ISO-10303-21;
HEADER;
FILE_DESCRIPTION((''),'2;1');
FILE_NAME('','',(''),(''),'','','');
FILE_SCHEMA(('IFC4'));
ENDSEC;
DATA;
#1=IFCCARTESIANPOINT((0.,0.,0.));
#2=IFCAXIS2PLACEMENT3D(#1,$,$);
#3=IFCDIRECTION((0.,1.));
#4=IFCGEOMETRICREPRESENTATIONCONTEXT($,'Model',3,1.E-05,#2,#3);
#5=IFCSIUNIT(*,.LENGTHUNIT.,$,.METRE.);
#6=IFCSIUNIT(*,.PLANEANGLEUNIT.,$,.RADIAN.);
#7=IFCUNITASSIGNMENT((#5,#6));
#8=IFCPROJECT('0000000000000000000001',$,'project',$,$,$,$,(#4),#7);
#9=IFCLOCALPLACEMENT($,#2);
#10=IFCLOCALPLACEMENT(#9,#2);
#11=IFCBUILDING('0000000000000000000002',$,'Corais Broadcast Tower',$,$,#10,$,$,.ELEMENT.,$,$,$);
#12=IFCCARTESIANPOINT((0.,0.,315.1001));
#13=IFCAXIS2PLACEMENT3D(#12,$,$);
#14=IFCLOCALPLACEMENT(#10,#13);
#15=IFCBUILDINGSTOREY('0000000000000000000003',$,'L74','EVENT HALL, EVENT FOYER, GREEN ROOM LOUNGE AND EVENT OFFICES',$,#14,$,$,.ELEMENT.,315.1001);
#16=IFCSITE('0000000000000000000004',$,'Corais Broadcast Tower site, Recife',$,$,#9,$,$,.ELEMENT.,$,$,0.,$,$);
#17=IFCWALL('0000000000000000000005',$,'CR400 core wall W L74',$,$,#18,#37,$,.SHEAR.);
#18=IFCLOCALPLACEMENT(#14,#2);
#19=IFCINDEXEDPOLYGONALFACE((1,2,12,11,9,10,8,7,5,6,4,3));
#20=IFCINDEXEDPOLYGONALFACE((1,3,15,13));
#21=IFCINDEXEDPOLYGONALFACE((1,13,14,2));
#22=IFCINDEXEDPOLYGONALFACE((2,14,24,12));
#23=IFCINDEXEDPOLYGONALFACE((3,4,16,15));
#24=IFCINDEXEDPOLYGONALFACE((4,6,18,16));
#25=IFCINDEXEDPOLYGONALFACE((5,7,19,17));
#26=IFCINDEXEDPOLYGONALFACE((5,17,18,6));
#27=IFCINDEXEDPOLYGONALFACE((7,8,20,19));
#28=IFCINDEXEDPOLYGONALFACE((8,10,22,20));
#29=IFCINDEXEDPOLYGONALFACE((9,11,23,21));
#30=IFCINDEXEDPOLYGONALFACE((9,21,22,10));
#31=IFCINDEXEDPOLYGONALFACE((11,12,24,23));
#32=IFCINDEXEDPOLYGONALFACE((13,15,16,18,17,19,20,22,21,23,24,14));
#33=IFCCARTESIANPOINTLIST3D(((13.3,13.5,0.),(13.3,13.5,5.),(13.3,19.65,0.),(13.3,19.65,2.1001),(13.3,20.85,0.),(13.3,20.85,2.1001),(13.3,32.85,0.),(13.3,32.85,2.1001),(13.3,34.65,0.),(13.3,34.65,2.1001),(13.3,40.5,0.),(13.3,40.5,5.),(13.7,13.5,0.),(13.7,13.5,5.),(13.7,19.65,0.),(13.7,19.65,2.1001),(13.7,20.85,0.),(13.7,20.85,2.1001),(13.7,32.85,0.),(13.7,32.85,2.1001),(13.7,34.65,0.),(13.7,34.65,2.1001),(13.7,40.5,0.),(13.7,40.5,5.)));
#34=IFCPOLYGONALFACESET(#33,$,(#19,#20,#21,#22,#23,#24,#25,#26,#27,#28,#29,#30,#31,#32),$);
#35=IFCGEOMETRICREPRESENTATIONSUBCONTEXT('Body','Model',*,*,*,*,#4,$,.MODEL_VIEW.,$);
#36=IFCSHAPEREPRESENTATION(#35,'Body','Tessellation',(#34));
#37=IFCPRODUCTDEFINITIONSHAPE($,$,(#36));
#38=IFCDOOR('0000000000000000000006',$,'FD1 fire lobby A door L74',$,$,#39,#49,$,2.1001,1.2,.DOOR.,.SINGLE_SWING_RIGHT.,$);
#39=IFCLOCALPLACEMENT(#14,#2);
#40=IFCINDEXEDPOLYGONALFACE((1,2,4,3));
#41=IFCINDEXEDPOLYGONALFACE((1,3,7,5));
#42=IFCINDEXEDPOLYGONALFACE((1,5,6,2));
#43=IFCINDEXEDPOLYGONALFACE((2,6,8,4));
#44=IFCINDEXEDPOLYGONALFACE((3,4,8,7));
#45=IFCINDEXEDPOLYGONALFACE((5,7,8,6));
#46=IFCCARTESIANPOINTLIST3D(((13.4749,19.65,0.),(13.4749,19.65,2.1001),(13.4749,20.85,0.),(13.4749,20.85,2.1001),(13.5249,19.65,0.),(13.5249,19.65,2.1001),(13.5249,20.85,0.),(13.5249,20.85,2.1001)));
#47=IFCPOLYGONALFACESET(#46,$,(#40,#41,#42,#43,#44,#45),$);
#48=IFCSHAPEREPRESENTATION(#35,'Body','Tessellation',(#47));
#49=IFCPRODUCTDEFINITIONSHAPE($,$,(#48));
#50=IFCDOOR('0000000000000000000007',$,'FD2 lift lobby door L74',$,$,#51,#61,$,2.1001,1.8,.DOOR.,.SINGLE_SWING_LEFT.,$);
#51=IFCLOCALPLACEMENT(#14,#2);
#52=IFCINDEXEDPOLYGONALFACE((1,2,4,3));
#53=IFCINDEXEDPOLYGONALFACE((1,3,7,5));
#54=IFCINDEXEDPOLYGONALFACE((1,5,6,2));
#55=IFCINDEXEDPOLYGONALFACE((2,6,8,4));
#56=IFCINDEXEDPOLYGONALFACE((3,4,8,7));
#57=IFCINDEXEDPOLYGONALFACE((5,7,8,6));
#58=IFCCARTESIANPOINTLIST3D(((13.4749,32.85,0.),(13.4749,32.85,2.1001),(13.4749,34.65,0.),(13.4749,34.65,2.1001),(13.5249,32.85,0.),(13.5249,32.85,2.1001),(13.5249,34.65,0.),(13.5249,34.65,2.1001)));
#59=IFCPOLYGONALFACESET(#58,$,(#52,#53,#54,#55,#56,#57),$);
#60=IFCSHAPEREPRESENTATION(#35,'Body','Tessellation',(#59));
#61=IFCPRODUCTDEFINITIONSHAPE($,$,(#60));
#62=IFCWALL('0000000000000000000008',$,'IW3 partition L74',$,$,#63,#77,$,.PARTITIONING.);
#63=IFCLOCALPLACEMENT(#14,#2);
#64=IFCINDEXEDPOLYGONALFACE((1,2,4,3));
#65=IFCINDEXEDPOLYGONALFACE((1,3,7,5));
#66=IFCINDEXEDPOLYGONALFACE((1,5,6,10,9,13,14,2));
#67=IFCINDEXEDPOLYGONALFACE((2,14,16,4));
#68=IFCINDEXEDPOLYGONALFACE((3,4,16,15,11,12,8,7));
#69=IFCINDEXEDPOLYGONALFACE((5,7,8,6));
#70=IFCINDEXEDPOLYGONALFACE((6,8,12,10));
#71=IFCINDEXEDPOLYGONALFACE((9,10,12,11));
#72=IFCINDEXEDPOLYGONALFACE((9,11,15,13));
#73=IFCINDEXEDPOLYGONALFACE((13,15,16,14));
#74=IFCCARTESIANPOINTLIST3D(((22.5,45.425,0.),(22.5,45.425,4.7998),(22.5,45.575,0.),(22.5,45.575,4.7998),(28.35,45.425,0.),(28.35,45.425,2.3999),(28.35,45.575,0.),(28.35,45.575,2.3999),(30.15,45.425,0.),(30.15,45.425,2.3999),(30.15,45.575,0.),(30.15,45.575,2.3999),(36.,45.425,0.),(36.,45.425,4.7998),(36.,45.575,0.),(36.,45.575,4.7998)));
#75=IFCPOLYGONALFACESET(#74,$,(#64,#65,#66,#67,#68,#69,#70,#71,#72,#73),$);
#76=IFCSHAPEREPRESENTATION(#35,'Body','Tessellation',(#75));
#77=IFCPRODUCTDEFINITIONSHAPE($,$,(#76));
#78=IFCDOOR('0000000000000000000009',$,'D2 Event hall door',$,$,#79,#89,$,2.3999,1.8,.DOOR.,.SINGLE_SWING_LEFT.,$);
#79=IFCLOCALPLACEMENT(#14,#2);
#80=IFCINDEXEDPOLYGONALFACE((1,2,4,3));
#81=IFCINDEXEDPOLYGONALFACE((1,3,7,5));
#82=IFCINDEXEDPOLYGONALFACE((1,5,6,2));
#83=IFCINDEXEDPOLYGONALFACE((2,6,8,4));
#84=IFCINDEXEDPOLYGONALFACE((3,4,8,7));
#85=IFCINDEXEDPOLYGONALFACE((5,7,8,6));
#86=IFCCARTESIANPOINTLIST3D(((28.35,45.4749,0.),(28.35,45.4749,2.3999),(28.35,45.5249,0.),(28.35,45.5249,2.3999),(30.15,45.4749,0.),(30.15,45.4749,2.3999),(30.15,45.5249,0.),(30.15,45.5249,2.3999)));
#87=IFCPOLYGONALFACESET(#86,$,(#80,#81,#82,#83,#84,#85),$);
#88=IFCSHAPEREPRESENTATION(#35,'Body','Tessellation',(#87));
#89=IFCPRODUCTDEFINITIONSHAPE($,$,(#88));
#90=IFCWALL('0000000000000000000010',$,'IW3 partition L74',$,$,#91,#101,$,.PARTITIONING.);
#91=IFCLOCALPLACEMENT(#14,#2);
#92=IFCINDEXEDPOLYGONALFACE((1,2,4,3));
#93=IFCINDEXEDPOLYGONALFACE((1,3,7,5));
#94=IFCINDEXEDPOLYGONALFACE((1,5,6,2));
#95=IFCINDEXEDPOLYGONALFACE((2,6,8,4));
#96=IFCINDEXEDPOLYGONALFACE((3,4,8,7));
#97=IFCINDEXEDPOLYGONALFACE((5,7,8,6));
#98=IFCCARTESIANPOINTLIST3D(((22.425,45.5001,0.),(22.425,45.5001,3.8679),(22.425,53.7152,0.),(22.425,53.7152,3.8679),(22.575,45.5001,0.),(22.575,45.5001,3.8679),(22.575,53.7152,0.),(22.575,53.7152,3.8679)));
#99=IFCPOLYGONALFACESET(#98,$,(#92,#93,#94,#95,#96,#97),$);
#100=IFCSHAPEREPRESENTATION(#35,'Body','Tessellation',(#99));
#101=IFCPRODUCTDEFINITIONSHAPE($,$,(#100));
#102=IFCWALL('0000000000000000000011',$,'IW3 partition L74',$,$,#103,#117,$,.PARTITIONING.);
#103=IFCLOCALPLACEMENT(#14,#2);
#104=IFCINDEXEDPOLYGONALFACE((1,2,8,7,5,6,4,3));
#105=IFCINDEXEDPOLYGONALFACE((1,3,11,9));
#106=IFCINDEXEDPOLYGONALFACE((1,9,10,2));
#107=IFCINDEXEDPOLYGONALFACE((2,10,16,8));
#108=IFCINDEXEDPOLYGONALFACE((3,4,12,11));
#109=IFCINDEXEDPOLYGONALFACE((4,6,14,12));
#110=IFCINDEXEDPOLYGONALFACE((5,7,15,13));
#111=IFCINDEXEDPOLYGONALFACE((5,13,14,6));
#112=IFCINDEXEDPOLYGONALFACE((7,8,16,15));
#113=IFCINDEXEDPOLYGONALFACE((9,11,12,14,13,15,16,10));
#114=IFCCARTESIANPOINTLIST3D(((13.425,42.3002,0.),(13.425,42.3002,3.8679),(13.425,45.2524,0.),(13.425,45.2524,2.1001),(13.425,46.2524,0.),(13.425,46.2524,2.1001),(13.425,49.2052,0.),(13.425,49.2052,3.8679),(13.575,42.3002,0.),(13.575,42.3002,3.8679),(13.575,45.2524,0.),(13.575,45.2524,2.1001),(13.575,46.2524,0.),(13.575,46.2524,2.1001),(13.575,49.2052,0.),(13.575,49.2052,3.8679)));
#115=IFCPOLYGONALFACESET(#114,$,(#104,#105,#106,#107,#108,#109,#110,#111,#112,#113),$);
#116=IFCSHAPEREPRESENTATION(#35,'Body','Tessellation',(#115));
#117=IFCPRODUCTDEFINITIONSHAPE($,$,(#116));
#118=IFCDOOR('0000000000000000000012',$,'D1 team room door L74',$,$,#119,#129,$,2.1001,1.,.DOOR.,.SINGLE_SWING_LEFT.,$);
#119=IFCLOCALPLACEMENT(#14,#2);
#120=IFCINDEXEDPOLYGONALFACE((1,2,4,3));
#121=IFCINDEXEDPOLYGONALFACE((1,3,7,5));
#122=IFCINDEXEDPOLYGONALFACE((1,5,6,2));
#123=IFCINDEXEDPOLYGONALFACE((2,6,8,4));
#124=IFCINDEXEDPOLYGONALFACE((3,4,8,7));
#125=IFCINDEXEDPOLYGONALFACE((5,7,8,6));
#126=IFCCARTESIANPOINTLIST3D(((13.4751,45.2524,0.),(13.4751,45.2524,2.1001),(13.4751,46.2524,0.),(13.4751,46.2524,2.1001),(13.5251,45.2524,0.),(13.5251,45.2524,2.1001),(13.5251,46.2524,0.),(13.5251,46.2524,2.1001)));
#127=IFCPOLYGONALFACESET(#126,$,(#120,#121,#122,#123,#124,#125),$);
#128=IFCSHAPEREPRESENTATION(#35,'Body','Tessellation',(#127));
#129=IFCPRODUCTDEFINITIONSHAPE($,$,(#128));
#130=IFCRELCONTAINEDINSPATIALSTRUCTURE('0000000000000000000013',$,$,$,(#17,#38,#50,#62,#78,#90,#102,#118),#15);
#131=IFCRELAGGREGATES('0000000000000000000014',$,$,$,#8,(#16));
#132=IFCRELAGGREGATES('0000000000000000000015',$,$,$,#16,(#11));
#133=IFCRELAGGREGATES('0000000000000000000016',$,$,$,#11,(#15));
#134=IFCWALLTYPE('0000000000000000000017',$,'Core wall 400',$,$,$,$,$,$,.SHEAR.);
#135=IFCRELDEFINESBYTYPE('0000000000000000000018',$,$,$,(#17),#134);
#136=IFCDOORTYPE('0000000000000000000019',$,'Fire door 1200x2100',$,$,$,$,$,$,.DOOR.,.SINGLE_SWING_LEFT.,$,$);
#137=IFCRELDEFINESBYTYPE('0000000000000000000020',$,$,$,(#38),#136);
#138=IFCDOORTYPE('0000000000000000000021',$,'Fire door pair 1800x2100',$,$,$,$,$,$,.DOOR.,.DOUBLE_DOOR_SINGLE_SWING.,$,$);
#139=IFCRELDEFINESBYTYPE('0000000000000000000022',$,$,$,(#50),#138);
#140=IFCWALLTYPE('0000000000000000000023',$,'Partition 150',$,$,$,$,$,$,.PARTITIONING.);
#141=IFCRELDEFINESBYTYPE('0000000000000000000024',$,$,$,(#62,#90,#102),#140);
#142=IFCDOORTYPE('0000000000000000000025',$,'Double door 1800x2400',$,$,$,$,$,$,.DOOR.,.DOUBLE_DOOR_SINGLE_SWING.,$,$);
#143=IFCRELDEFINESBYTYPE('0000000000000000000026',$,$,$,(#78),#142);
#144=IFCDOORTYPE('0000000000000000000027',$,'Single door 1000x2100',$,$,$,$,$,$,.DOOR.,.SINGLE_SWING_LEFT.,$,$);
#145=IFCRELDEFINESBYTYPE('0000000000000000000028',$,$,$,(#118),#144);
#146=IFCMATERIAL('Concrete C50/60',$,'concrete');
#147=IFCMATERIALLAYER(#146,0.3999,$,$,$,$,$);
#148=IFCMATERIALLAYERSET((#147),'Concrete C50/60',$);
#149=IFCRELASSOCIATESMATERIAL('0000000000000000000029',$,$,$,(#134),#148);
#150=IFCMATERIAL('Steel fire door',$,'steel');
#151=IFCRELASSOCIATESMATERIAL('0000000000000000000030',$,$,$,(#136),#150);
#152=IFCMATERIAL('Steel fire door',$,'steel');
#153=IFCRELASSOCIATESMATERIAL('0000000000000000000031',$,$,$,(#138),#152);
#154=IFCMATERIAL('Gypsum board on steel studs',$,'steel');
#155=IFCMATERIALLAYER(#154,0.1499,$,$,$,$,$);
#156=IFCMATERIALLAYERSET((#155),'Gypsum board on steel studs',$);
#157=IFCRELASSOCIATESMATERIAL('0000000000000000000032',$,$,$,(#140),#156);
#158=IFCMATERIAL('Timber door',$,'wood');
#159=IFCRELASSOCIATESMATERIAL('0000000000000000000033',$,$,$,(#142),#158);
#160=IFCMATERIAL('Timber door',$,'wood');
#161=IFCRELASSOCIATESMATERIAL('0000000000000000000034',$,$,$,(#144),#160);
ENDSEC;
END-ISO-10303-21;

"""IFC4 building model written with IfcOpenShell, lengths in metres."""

from ifc_helpers import new_model, si_unit, direction, frame, frame_2d, origin, place, context, subcontext, project, spatial, rectangle, extrude, material, layer, layer_set, type_object, element, fill, save


model = new_model("IFC4")

# Units and contexts
model_context = context("Model", 3, precision=1e-05, world=origin(), true_north=direction((0.0, 1.0)))
body_context = subcontext(model_context, "Body", "Model", "MODEL_VIEW")
ifc_project = project(units=[si_unit("LENGTHUNIT", "METRE"), si_unit("PLANEANGLEUNIT", "RADIAN")], contexts=[model_context])

# Site, building, storey
site_placement = place(None, origin())
site = spatial("IfcSite", under=ifc_project, at=site_placement, Name="Corais Broadcast Tower site, Recife", CompositionType="ELEMENT", RefElevation=0.0)
building_placement = place(site_placement, origin())
building = spatial("IfcBuilding", under=site, at=building_placement, Name="Corais Broadcast Tower", CompositionType="ELEMENT")
storey_placement = place(building_placement, frame((0.0, 0.0, 315.1001)))
storey = spatial("IfcBuildingStorey", under=building, at=storey_placement, Name="L74", Description="EVENT HALL, EVENT FOYER, GREEN ROOM LOUNGE AND EVENT OFFICES", CompositionType="ELEMENT", Elevation=315.1001)

# Wall, openings, doors
ifc_material_1 = material(Name="Concrete C50/60", Category="concrete")
ifc_layer_1 = layer(ifc_material_1, 0.3999)
ifc_layer_set_1 = layer_set([ifc_layer_1], Name="Concrete C50/60")
wall_type_1 = type_object("IfcWallType", Name="Core wall 400", PredefinedType="SHEAR", material=ifc_layer_set_1)
wall_1_placement = place(storey_placement, frame((13.5, 40.5, 0.0), z_axis=(0.0, 0.0, 1.0), x_axis=(0.0, -1.0, 0.0)))
wall_1 = element("IfcWall", 1, at=wall_1_placement, inside=storey, type_object=wall_type_1, Name="CR400 core wall W L74", PredefinedType="SHEAR", context=body_context, shape_type="SweptSolid", body=[
    extrude(rectangle(XDim=27.0, YDim=0.3999, at=frame_2d((13.5, 0.0))), origin(), (0.0, 0.0, 1.0), 5.0),
])
opening_1_placement = place(wall_1_placement, frame((19.6499, 0.0, 0.0)))
opening_1 = element("IfcOpeningElement", 2, at=opening_1_placement, cuts=wall_1, PredefinedType="OPENING", context=body_context, shape_type="SweptSolid", body=[
    extrude(rectangle(XDim=1.2, YDim=2.1001, at=frame_2d((0.6001, 1.05))), frame((0.0, 0.21, 0.0), z_axis=(0.0, -1.0, 0.0), x_axis=(1.0, 0.0, 0.0)), (0.0, 0.0, 1.0), 0.4199),
])
opening_2_placement = place(wall_1_placement, frame((5.8501, 0.0, 0.0)))
opening_2 = element("IfcOpeningElement", 3, at=opening_2_placement, cuts=wall_1, PredefinedType="OPENING", context=body_context, shape_type="SweptSolid", body=[
    extrude(rectangle(XDim=1.8, YDim=2.1001, at=frame_2d((0.8999, 1.05))), frame((0.0, 0.21, 0.0), z_axis=(0.0, -1.0, 0.0), x_axis=(1.0, 0.0, 0.0)), (0.0, 0.0, 1.0), 0.4199),
])
ifc_material_2 = material(Name="Steel fire door", Category="steel")
door_type_1 = type_object("IfcDoorType", Name="Fire door 1200x2100", OperationType="SINGLE_SWING_LEFT", PredefinedType="DOOR", material=ifc_material_2)
door_1_placement = place(opening_1_placement, origin())
door_1 = element("IfcDoor", 4, at=door_1_placement, inside=storey, type_object=door_type_1, Name="FD1 fire lobby A door L74", OperationType="SINGLE_SWING_RIGHT", OverallHeight=2.1001, OverallWidth=1.2, PredefinedType="DOOR", context=body_context, shape_type="SweptSolid", body=[
    extrude(rectangle(XDim=1.2, YDim=2.1001, at=frame_2d((0.6001, 1.05))), frame((0.0, 0.0249, 0.0), z_axis=(0.0, -1.0, 0.0), x_axis=(1.0, 0.0, 0.0)), (0.0, 0.0, 1.0), 0.05),
])
fill(opening_1, door_1)
ifc_material_3 = material(Name="Steel fire door", Category="steel")
door_type_2 = type_object("IfcDoorType", Name="Fire door pair 1800x2100", OperationType="DOUBLE_DOOR_SINGLE_SWING", PredefinedType="DOOR", material=ifc_material_3)
door_2_placement = place(opening_2_placement, origin())
door_2 = element("IfcDoor", 5, at=door_2_placement, inside=storey, type_object=door_type_2, Name="FD2 lift lobby door L74", OperationType="SINGLE_SWING_LEFT", OverallHeight=2.1001, OverallWidth=1.8, PredefinedType="DOOR", context=body_context, shape_type="SweptSolid", body=[
    extrude(rectangle(XDim=1.8, YDim=2.1001, at=frame_2d((0.8999, 1.05))), frame((0.0, 0.0249, 0.0), z_axis=(0.0, -1.0, 0.0), x_axis=(1.0, 0.0, 0.0)), (0.0, 0.0, 1.0), 0.05),
])
fill(opening_2, door_2)

# Wall, opening, door
ifc_material_4 = material(Name="Gypsum board on steel studs", Category="steel")
ifc_layer_2 = layer(ifc_material_4, 0.1499)
ifc_layer_set_2 = layer_set([ifc_layer_2], Name="Gypsum board on steel studs")
wall_type_2 = type_object("IfcWallType", Name="Partition 150", PredefinedType="PARTITIONING", material=ifc_layer_set_2)
wall_2_placement = place(storey_placement, frame((22.5, 45.5, 0.0), z_axis=(0.0, 0.0, 1.0), x_axis=(1.0, 0.0, 0.0)))
wall_2 = element("IfcWall", 6, at=wall_2_placement, inside=storey, type_object=wall_type_2, Name="IW3 partition L74", PredefinedType="PARTITIONING", context=body_context, shape_type="SweptSolid", body=[
    extrude(rectangle(XDim=13.5, YDim=0.1499, at=frame_2d((6.75, 0.0))), origin(), (0.0, 0.0, 1.0), 4.7998),
])
opening_3_placement = place(wall_2_placement, frame((5.8501, 0.0, 0.0)))
opening_3 = element("IfcOpeningElement", 7, at=opening_3_placement, cuts=wall_2, PredefinedType="OPENING", context=body_context, shape_type="SweptSolid", body=[
    extrude(rectangle(XDim=1.8, YDim=2.3999, at=frame_2d((0.8999, 1.2))), frame((0.0, 0.085, 0.0), z_axis=(0.0, -1.0, 0.0), x_axis=(1.0, 0.0, 0.0)), (0.0, 0.0, 1.0), 0.1699),
])
ifc_material_5 = material(Name="Timber door", Category="wood")
door_type_3 = type_object("IfcDoorType", Name="Double door 1800x2400", OperationType="DOUBLE_DOOR_SINGLE_SWING", PredefinedType="DOOR", material=ifc_material_5)
door_3_placement = place(opening_3_placement, origin())
door_3 = element("IfcDoor", 8, at=door_3_placement, inside=storey, type_object=door_type_3, Name="D2 Event hall door", OperationType="SINGLE_SWING_LEFT", OverallHeight=2.3999, OverallWidth=1.8, PredefinedType="DOOR", context=body_context, shape_type="SweptSolid", body=[
    extrude(rectangle(XDim=1.8, YDim=2.3999, at=frame_2d((0.8999, 1.2))), frame((0.0, 0.0249, 0.0), z_axis=(0.0, -1.0, 0.0), x_axis=(1.0, 0.0, 0.0)), (0.0, 0.0, 1.0), 0.05),
])
fill(opening_3, door_3)

# Wall
wall_3_placement = place(storey_placement, frame((22.5, 53.7151, 0.0), z_axis=(0.0, 0.0, 1.0), x_axis=(0.0, -1.0, 0.0)))
element("IfcWall", 9, at=wall_3_placement, inside=storey, type_object=wall_type_2, Name="IW3 partition L74", PredefinedType="PARTITIONING", context=body_context, shape_type="SweptSolid", body=[
    extrude(rectangle(XDim=8.2151, YDim=0.1499, at=frame_2d((4.1074, 0.0))), origin(), (0.0, 0.0, 1.0), 3.8679),
])

# Wall, opening, door
wall_4_placement = place(storey_placement, frame((13.5, 42.3, 0.0), z_axis=(0.0, 0.0, 1.0), x_axis=(0.0, 1.0, 0.0)))
wall_4 = element("IfcWall", 10, at=wall_4_placement, inside=storey, type_object=wall_type_2, Name="IW3 partition L74", PredefinedType="PARTITIONING", context=body_context, shape_type="SweptSolid", body=[
    extrude(rectangle(XDim=6.905, YDim=0.1499, at=frame_2d((3.4526, 0.0))), origin(), (0.0, 0.0, 1.0), 3.8679),
])
opening_4_placement = place(wall_4_placement, frame((2.9524, 0.0, 0.0)))
opening_4 = element("IfcOpeningElement", 11, at=opening_4_placement, cuts=wall_4, PredefinedType="OPENING", context=body_context, shape_type="SweptSolid", body=[
    extrude(rectangle(XDim=1.0, YDim=2.1001, at=frame_2d((0.5, 1.05))), frame((0.0, 0.085, 0.0), z_axis=(0.0, -1.0, 0.0), x_axis=(1.0, 0.0, 0.0)), (0.0, 0.0, 1.0), 0.1699),
])
ifc_material_6 = material(Name="Timber door", Category="wood")
door_type_4 = type_object("IfcDoorType", Name="Single door 1000x2100", OperationType="SINGLE_SWING_LEFT", PredefinedType="DOOR", material=ifc_material_6)
door_4_placement = place(opening_4_placement, origin())
door_4 = element("IfcDoor", 12, at=door_4_placement, inside=storey, type_object=door_type_4, Name="D1 team room door L74", OperationType="SINGLE_SWING_LEFT", OverallHeight=2.1001, OverallWidth=1.0, PredefinedType="DOOR", context=body_context, shape_type="SweptSolid", body=[
    extrude(rectangle(XDim=1.0, YDim=2.1001, at=frame_2d((0.5, 1.05))), frame((0.0, 0.0249, 0.0), z_axis=(0.0, -1.0, 0.0), x_axis=(1.0, 0.0, 0.0)), (0.0, 0.0, 1.0), 0.05),
])
fill(opening_4, door_4)

save(model, "model.ifc")
